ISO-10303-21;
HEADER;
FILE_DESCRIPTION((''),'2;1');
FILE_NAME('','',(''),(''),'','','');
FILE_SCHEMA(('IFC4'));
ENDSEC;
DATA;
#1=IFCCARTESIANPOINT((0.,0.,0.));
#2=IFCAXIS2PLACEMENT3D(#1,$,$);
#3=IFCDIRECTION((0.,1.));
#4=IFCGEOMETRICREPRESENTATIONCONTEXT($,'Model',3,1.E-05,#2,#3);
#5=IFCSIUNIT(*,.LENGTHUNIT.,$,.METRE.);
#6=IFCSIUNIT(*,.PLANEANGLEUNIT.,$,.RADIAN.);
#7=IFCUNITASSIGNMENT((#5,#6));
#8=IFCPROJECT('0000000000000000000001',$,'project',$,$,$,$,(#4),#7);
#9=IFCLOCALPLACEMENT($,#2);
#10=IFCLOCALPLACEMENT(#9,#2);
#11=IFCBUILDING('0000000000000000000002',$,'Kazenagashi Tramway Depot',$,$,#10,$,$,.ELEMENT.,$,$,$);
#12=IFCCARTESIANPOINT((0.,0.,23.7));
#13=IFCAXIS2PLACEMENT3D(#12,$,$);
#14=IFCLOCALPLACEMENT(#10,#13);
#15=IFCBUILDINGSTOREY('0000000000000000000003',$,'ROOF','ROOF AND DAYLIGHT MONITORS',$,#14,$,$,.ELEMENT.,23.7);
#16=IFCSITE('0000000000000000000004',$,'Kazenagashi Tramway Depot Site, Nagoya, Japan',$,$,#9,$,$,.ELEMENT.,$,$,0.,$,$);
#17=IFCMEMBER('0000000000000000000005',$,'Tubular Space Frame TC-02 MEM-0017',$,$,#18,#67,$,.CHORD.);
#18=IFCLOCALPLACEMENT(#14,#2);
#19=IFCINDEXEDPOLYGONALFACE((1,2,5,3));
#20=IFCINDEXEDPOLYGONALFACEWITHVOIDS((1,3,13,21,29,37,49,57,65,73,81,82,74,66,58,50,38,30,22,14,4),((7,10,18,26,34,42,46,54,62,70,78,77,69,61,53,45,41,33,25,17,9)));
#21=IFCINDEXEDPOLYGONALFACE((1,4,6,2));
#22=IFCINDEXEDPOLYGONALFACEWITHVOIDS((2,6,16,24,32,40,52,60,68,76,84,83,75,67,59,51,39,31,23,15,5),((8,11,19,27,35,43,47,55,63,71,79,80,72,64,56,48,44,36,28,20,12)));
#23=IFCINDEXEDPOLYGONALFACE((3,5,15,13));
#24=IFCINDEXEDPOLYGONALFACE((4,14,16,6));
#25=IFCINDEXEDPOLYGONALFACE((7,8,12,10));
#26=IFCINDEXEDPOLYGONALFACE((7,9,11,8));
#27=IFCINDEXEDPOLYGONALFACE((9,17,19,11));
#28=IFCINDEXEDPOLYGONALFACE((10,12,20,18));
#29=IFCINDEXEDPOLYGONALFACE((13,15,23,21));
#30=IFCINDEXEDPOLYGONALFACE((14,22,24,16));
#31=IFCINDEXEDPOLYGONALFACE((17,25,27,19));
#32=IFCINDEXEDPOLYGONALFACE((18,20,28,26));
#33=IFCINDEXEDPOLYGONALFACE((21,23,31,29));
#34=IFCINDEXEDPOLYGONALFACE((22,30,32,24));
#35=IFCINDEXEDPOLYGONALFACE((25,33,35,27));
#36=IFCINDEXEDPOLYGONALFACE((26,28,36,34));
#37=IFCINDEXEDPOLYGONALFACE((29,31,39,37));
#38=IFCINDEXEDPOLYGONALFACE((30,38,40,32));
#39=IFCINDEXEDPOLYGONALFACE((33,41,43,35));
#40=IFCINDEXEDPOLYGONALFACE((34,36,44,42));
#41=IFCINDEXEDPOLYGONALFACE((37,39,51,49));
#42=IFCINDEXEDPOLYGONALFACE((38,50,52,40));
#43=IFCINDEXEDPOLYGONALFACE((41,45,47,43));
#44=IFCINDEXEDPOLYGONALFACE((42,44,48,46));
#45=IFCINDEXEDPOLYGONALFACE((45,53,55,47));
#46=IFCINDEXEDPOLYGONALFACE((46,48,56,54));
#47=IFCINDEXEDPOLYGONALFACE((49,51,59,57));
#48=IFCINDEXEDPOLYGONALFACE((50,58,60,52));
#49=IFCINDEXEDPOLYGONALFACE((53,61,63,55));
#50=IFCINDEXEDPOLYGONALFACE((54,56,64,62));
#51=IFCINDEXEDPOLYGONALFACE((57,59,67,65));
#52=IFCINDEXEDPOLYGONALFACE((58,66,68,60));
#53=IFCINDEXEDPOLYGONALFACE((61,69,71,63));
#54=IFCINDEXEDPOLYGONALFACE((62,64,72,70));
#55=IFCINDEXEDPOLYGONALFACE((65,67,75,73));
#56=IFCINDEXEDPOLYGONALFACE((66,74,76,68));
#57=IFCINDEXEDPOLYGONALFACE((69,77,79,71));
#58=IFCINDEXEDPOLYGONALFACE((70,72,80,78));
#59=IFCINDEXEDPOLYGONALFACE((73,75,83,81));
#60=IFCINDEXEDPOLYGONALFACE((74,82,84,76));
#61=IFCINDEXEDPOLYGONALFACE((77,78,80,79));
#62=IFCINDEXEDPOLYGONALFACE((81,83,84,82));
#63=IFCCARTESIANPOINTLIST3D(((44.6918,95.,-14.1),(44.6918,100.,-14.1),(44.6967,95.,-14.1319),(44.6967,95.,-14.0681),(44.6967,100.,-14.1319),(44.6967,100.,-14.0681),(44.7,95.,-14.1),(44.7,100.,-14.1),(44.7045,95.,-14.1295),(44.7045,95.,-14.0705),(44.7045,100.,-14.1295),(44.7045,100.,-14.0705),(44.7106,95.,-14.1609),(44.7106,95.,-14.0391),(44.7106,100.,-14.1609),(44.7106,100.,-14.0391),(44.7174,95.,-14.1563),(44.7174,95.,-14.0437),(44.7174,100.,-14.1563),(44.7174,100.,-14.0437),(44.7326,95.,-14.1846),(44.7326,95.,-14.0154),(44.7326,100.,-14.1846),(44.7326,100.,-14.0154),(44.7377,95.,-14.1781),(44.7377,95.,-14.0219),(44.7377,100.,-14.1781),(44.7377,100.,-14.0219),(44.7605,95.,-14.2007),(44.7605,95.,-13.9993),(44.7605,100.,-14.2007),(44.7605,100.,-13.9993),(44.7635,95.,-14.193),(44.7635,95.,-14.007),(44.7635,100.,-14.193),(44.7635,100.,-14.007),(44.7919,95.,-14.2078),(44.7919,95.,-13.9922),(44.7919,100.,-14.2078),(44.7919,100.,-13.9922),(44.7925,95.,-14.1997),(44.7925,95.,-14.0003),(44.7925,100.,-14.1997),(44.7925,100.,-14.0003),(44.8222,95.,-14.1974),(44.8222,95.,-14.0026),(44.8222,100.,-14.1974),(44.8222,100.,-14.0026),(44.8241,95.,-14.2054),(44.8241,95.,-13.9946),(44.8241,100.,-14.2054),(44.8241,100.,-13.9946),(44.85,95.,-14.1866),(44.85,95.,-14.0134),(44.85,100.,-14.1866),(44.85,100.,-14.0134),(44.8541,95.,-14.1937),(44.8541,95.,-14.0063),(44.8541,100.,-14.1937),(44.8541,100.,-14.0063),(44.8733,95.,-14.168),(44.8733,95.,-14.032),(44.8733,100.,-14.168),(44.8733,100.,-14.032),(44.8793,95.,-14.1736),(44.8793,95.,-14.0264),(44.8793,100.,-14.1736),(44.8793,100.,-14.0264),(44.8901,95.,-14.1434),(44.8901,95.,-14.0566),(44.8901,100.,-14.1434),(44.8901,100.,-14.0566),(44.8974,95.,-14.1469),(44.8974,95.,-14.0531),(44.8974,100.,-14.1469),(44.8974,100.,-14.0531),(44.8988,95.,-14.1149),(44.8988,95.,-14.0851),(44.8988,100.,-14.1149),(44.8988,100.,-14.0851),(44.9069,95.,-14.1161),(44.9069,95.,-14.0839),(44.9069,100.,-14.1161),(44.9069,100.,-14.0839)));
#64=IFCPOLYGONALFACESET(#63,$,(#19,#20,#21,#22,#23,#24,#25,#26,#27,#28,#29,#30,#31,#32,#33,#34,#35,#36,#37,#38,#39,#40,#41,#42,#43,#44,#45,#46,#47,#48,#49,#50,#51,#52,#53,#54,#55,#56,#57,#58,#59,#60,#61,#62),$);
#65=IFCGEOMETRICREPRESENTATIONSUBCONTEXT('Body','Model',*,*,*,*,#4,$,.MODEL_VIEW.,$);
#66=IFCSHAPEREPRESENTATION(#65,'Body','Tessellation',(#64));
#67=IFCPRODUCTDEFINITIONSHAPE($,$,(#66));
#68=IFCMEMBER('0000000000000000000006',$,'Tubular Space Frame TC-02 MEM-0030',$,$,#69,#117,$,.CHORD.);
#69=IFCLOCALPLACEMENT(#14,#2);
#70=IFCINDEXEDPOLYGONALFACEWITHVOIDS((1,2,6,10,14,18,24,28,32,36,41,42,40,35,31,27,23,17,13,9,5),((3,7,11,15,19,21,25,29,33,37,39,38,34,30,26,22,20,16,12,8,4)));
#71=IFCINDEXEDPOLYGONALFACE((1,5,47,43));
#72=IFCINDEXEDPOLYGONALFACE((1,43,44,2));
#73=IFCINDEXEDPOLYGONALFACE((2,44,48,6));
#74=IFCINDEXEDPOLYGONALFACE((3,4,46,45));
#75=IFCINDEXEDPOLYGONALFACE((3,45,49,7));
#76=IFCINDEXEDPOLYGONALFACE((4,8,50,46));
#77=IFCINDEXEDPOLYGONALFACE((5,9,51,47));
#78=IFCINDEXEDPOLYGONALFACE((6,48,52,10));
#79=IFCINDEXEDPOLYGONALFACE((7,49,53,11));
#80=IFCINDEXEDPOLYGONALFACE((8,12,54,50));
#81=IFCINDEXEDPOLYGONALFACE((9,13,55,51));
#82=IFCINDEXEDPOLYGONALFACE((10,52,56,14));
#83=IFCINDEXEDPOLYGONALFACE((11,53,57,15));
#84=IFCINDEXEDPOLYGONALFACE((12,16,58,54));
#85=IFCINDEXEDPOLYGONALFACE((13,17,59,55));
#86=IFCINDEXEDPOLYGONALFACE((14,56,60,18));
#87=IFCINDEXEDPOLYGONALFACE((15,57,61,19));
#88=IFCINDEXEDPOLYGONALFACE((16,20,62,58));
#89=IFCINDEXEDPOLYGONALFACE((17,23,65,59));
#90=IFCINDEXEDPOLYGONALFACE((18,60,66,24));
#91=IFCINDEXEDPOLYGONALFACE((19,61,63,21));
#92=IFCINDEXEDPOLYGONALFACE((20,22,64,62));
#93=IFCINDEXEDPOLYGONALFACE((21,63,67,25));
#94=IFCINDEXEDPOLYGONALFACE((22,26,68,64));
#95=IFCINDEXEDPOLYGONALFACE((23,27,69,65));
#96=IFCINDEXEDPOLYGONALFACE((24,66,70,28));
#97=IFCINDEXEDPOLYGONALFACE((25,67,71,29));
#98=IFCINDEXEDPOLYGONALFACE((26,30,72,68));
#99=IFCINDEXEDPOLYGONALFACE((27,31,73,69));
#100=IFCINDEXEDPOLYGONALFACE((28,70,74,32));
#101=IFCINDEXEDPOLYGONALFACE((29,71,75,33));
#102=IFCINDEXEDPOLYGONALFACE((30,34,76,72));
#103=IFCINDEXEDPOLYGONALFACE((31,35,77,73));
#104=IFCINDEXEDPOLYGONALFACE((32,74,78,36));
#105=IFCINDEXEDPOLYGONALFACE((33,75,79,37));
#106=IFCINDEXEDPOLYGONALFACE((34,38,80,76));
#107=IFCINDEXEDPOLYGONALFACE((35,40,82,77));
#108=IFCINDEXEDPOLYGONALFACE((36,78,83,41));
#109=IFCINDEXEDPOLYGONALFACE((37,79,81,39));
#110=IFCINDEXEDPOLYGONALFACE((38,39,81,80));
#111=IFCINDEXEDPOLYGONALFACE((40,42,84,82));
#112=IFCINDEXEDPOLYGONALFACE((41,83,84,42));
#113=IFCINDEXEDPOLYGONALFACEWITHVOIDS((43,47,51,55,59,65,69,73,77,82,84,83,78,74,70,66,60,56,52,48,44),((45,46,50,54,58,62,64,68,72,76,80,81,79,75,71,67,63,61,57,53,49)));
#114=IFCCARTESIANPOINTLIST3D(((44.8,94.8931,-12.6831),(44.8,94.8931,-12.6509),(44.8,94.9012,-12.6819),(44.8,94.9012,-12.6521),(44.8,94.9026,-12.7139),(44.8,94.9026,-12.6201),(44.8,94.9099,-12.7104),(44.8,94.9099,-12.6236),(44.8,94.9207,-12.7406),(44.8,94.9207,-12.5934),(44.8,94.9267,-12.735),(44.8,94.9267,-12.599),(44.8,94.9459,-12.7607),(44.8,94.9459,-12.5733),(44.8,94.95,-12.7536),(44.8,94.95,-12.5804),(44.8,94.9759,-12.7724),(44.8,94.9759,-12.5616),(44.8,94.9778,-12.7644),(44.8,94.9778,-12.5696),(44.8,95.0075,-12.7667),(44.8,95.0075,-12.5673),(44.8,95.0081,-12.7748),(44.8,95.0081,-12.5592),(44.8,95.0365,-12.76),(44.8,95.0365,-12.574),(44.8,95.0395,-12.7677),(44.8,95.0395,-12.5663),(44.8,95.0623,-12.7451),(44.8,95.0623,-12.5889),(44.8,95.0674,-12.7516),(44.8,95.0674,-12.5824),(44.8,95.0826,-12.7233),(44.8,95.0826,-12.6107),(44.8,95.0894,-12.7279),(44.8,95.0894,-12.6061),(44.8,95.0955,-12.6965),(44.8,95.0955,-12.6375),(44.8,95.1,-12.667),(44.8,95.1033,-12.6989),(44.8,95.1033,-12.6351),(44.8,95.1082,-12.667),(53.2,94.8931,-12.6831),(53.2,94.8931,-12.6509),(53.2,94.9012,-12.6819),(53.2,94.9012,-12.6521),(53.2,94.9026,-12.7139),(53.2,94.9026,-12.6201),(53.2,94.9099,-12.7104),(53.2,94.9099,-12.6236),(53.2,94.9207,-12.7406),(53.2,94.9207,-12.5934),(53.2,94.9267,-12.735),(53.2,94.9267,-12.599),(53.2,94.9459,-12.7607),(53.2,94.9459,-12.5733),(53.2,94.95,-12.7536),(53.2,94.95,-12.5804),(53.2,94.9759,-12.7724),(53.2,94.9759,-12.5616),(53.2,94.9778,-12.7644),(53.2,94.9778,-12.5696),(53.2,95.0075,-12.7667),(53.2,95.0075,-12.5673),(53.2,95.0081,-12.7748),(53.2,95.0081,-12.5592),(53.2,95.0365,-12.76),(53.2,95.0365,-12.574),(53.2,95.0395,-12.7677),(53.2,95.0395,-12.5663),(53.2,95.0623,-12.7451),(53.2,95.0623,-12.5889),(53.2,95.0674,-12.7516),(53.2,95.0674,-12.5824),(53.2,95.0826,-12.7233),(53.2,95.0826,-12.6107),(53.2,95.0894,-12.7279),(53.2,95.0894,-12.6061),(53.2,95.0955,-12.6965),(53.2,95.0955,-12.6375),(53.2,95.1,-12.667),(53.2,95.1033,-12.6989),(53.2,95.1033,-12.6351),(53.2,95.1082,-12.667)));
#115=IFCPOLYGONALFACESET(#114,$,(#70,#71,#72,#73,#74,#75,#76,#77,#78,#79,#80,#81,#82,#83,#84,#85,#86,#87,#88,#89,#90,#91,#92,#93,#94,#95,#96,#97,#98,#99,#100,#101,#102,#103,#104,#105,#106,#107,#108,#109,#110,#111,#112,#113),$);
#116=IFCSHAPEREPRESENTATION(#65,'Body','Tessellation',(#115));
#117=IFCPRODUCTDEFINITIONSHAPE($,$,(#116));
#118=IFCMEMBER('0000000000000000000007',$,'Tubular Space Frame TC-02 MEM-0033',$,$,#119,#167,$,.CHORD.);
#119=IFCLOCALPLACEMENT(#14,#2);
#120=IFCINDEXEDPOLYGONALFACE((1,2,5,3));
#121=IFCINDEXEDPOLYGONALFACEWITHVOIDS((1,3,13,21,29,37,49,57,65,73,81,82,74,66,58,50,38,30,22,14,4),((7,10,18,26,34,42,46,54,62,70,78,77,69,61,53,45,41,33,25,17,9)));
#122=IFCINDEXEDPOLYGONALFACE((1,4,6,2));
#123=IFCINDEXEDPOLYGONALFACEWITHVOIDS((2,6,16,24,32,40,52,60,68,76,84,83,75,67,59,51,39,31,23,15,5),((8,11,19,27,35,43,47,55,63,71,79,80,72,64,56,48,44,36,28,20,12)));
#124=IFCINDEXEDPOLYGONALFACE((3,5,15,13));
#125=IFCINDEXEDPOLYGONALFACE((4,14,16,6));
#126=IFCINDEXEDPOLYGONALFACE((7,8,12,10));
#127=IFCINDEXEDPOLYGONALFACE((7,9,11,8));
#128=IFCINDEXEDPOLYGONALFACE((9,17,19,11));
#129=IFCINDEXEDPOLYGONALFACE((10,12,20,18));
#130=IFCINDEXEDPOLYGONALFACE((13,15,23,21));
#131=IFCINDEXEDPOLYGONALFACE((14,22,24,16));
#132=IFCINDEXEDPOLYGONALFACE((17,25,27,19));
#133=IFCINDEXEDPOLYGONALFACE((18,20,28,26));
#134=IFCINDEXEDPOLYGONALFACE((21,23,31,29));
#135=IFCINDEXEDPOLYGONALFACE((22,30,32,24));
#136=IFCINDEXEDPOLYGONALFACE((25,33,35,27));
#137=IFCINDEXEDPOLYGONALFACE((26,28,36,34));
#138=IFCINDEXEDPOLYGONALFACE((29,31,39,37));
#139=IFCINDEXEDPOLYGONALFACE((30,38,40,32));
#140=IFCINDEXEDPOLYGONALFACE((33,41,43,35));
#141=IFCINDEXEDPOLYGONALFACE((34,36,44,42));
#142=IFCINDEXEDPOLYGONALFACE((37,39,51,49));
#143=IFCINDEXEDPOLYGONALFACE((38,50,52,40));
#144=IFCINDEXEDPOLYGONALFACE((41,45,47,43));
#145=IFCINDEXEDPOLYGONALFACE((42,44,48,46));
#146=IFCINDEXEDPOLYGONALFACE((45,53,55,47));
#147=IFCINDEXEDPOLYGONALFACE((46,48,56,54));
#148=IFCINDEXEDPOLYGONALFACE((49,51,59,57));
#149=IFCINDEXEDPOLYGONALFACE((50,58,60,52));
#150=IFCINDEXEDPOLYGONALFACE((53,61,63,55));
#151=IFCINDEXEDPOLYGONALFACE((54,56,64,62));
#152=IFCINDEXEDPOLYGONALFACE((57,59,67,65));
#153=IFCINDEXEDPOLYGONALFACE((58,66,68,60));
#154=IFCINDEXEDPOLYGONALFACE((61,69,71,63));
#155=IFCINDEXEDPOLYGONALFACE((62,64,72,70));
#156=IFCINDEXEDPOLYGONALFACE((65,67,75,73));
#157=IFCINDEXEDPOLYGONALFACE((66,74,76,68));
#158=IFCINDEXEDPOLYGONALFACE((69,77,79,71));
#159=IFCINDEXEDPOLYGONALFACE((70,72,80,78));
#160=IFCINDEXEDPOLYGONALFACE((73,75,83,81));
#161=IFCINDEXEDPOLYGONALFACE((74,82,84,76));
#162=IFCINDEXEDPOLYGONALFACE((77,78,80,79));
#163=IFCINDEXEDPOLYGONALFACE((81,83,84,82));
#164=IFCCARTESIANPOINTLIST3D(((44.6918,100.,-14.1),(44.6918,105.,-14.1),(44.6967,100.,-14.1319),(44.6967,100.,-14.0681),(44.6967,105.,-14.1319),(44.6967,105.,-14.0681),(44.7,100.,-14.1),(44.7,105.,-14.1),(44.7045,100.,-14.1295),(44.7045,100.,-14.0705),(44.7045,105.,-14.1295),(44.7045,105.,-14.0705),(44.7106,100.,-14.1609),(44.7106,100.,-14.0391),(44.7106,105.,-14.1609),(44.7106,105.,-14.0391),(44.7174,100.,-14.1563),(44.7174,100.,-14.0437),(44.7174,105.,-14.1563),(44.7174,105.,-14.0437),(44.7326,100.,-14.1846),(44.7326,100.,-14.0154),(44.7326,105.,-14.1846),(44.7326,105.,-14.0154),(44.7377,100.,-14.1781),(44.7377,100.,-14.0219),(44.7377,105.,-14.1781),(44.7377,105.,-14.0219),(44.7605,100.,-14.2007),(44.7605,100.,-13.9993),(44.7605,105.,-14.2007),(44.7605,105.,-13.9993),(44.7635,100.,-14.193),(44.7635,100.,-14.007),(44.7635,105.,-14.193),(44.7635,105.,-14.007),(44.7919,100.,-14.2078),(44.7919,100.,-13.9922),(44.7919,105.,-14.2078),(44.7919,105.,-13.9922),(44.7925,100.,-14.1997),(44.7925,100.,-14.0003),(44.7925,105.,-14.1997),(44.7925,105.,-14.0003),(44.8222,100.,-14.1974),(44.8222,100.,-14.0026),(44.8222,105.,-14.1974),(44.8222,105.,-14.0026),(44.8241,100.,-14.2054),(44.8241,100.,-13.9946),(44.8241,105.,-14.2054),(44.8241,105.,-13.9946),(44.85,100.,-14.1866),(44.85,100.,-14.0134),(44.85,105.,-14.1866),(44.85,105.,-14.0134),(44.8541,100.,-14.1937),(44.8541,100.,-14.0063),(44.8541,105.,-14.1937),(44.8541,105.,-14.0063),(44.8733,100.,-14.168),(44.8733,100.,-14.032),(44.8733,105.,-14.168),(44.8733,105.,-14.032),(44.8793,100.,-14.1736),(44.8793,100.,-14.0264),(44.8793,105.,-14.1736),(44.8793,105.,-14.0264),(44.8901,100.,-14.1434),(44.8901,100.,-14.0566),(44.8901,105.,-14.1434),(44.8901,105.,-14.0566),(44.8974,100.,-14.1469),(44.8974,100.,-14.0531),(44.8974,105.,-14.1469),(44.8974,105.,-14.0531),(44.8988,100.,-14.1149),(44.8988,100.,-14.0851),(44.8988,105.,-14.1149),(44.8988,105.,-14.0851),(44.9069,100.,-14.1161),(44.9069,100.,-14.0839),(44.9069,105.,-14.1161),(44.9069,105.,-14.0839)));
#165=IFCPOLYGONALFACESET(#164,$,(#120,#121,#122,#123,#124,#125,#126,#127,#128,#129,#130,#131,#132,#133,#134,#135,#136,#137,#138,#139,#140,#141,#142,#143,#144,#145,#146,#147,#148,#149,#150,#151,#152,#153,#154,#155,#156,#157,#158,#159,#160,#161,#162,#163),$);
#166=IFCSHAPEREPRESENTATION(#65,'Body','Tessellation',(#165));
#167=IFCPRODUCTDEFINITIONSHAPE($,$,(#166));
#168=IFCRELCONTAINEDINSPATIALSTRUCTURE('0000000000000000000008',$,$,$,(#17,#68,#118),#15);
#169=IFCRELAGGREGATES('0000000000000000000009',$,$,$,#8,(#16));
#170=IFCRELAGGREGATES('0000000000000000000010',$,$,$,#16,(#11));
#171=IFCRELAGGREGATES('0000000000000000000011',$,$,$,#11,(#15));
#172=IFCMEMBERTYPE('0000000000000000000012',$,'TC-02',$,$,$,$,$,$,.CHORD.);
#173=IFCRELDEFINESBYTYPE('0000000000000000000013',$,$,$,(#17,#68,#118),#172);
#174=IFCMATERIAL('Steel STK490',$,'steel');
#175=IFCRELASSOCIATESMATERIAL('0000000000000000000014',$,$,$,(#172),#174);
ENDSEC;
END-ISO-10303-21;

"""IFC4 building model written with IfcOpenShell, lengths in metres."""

from ifc_helpers import new_model, si_unit, direction, frame, origin, origin_2d, place, context, subcontext, project, spatial, hollow_circle, extrude, material, material_profile, profile_set, type_object, element, save


model = new_model("IFC4")

# Units and contexts
model_context = context("Model", 3, precision=1e-05, world=origin(), true_north=direction((0.0, 1.0)))
body_context = subcontext(model_context, "Body", "Model", "MODEL_VIEW")
ifc_project = project(units=[si_unit("LENGTHUNIT", "METRE"), si_unit("PLANEANGLEUNIT", "RADIAN")], contexts=[model_context])

# Site, building, storey
site_placement = place(None, origin())
site = spatial("IfcSite", under=ifc_project, at=site_placement, Name="Kazenagashi Tramway Depot Site, Nagoya, Japan", CompositionType="ELEMENT", RefElevation=0.0)
building_placement = place(site_placement, origin())
building = spatial("IfcBuilding", under=site, at=building_placement, Name="Kazenagashi Tramway Depot", CompositionType="ELEMENT")
storey_placement = place(building_placement, frame((0.0, 0.0, 23.7)))
storey = spatial("IfcBuildingStorey", under=building, at=storey_placement, Name="ROOF", Description="ROOF AND DAYLIGHT MONITORS", CompositionType="ELEMENT", Elevation=23.7)

# Members
ifc_material_1 = material(Name="Steel STK490", Category="steel")
ifc_material_profile_1 = material_profile(ifc_material_1, hollow_circle(Radius=0.1081, WallThickness=0.0082, at=origin_2d()), Name="CHS-216.3x8.2")
ifc_profile_set_1 = profile_set([ifc_material_profile_1], Name="Steel STK490")
member_type_1 = type_object("IfcMemberType", Name="TC-02", PredefinedType="CHORD", material=ifc_profile_set_1)
for number, where, z_axis, x_axis, name in (
    (1, (44.8, 95.0, -14.1), (0.0, 1.0, 0.0), (-1.0, 0.0, 0.0), "Tubular Space Frame TC-02 MEM-0017"),
):
    element("IfcMember", number, at=place(storey_placement, frame(where, z_axis=z_axis, x_axis=x_axis)), inside=storey, type_object=member_type_1, Name=name, PredefinedType="CHORD", context=body_context, shape_type="SweptSolid", body=[
        extrude(hollow_circle(Radius=0.1081, WallThickness=0.0082, at=origin_2d()), origin(), (0.0, 0.0, 1.0), 5.0),
    ])
member_1_placement = place(storey_placement, frame((44.8, 95.0, -12.667), z_axis=(1.0, 0.0, 0.0), x_axis=(0.0, 1.0, 0.0)))
element("IfcMember", 2, at=member_1_placement, inside=storey, type_object=member_type_1, Name="Tubular Space Frame TC-02 MEM-0030", PredefinedType="CHORD", context=body_context, shape_type="SweptSolid", body=[
    extrude(hollow_circle(Radius=0.1081, WallThickness=0.0082, at=origin_2d()), origin(), (0.0, 0.0, 1.0), 8.4),
])
for number, where, z_axis, x_axis, name in (
    (3, (44.8, 100.0, -14.1), (0.0, 1.0, 0.0), (-1.0, 0.0, 0.0), "Tubular Space Frame TC-02 MEM-0033"),
):
    element("IfcMember", number, at=place(storey_placement, frame(where, z_axis=z_axis, x_axis=x_axis)), inside=storey, type_object=member_type_1, Name=name, PredefinedType="CHORD", context=body_context, shape_type="SweptSolid", body=[
        extrude(hollow_circle(Radius=0.1081, WallThickness=0.0082, at=origin_2d()), origin(), (0.0, 0.0, 1.0), 5.0),
    ])

save(model, "model.ifc")
